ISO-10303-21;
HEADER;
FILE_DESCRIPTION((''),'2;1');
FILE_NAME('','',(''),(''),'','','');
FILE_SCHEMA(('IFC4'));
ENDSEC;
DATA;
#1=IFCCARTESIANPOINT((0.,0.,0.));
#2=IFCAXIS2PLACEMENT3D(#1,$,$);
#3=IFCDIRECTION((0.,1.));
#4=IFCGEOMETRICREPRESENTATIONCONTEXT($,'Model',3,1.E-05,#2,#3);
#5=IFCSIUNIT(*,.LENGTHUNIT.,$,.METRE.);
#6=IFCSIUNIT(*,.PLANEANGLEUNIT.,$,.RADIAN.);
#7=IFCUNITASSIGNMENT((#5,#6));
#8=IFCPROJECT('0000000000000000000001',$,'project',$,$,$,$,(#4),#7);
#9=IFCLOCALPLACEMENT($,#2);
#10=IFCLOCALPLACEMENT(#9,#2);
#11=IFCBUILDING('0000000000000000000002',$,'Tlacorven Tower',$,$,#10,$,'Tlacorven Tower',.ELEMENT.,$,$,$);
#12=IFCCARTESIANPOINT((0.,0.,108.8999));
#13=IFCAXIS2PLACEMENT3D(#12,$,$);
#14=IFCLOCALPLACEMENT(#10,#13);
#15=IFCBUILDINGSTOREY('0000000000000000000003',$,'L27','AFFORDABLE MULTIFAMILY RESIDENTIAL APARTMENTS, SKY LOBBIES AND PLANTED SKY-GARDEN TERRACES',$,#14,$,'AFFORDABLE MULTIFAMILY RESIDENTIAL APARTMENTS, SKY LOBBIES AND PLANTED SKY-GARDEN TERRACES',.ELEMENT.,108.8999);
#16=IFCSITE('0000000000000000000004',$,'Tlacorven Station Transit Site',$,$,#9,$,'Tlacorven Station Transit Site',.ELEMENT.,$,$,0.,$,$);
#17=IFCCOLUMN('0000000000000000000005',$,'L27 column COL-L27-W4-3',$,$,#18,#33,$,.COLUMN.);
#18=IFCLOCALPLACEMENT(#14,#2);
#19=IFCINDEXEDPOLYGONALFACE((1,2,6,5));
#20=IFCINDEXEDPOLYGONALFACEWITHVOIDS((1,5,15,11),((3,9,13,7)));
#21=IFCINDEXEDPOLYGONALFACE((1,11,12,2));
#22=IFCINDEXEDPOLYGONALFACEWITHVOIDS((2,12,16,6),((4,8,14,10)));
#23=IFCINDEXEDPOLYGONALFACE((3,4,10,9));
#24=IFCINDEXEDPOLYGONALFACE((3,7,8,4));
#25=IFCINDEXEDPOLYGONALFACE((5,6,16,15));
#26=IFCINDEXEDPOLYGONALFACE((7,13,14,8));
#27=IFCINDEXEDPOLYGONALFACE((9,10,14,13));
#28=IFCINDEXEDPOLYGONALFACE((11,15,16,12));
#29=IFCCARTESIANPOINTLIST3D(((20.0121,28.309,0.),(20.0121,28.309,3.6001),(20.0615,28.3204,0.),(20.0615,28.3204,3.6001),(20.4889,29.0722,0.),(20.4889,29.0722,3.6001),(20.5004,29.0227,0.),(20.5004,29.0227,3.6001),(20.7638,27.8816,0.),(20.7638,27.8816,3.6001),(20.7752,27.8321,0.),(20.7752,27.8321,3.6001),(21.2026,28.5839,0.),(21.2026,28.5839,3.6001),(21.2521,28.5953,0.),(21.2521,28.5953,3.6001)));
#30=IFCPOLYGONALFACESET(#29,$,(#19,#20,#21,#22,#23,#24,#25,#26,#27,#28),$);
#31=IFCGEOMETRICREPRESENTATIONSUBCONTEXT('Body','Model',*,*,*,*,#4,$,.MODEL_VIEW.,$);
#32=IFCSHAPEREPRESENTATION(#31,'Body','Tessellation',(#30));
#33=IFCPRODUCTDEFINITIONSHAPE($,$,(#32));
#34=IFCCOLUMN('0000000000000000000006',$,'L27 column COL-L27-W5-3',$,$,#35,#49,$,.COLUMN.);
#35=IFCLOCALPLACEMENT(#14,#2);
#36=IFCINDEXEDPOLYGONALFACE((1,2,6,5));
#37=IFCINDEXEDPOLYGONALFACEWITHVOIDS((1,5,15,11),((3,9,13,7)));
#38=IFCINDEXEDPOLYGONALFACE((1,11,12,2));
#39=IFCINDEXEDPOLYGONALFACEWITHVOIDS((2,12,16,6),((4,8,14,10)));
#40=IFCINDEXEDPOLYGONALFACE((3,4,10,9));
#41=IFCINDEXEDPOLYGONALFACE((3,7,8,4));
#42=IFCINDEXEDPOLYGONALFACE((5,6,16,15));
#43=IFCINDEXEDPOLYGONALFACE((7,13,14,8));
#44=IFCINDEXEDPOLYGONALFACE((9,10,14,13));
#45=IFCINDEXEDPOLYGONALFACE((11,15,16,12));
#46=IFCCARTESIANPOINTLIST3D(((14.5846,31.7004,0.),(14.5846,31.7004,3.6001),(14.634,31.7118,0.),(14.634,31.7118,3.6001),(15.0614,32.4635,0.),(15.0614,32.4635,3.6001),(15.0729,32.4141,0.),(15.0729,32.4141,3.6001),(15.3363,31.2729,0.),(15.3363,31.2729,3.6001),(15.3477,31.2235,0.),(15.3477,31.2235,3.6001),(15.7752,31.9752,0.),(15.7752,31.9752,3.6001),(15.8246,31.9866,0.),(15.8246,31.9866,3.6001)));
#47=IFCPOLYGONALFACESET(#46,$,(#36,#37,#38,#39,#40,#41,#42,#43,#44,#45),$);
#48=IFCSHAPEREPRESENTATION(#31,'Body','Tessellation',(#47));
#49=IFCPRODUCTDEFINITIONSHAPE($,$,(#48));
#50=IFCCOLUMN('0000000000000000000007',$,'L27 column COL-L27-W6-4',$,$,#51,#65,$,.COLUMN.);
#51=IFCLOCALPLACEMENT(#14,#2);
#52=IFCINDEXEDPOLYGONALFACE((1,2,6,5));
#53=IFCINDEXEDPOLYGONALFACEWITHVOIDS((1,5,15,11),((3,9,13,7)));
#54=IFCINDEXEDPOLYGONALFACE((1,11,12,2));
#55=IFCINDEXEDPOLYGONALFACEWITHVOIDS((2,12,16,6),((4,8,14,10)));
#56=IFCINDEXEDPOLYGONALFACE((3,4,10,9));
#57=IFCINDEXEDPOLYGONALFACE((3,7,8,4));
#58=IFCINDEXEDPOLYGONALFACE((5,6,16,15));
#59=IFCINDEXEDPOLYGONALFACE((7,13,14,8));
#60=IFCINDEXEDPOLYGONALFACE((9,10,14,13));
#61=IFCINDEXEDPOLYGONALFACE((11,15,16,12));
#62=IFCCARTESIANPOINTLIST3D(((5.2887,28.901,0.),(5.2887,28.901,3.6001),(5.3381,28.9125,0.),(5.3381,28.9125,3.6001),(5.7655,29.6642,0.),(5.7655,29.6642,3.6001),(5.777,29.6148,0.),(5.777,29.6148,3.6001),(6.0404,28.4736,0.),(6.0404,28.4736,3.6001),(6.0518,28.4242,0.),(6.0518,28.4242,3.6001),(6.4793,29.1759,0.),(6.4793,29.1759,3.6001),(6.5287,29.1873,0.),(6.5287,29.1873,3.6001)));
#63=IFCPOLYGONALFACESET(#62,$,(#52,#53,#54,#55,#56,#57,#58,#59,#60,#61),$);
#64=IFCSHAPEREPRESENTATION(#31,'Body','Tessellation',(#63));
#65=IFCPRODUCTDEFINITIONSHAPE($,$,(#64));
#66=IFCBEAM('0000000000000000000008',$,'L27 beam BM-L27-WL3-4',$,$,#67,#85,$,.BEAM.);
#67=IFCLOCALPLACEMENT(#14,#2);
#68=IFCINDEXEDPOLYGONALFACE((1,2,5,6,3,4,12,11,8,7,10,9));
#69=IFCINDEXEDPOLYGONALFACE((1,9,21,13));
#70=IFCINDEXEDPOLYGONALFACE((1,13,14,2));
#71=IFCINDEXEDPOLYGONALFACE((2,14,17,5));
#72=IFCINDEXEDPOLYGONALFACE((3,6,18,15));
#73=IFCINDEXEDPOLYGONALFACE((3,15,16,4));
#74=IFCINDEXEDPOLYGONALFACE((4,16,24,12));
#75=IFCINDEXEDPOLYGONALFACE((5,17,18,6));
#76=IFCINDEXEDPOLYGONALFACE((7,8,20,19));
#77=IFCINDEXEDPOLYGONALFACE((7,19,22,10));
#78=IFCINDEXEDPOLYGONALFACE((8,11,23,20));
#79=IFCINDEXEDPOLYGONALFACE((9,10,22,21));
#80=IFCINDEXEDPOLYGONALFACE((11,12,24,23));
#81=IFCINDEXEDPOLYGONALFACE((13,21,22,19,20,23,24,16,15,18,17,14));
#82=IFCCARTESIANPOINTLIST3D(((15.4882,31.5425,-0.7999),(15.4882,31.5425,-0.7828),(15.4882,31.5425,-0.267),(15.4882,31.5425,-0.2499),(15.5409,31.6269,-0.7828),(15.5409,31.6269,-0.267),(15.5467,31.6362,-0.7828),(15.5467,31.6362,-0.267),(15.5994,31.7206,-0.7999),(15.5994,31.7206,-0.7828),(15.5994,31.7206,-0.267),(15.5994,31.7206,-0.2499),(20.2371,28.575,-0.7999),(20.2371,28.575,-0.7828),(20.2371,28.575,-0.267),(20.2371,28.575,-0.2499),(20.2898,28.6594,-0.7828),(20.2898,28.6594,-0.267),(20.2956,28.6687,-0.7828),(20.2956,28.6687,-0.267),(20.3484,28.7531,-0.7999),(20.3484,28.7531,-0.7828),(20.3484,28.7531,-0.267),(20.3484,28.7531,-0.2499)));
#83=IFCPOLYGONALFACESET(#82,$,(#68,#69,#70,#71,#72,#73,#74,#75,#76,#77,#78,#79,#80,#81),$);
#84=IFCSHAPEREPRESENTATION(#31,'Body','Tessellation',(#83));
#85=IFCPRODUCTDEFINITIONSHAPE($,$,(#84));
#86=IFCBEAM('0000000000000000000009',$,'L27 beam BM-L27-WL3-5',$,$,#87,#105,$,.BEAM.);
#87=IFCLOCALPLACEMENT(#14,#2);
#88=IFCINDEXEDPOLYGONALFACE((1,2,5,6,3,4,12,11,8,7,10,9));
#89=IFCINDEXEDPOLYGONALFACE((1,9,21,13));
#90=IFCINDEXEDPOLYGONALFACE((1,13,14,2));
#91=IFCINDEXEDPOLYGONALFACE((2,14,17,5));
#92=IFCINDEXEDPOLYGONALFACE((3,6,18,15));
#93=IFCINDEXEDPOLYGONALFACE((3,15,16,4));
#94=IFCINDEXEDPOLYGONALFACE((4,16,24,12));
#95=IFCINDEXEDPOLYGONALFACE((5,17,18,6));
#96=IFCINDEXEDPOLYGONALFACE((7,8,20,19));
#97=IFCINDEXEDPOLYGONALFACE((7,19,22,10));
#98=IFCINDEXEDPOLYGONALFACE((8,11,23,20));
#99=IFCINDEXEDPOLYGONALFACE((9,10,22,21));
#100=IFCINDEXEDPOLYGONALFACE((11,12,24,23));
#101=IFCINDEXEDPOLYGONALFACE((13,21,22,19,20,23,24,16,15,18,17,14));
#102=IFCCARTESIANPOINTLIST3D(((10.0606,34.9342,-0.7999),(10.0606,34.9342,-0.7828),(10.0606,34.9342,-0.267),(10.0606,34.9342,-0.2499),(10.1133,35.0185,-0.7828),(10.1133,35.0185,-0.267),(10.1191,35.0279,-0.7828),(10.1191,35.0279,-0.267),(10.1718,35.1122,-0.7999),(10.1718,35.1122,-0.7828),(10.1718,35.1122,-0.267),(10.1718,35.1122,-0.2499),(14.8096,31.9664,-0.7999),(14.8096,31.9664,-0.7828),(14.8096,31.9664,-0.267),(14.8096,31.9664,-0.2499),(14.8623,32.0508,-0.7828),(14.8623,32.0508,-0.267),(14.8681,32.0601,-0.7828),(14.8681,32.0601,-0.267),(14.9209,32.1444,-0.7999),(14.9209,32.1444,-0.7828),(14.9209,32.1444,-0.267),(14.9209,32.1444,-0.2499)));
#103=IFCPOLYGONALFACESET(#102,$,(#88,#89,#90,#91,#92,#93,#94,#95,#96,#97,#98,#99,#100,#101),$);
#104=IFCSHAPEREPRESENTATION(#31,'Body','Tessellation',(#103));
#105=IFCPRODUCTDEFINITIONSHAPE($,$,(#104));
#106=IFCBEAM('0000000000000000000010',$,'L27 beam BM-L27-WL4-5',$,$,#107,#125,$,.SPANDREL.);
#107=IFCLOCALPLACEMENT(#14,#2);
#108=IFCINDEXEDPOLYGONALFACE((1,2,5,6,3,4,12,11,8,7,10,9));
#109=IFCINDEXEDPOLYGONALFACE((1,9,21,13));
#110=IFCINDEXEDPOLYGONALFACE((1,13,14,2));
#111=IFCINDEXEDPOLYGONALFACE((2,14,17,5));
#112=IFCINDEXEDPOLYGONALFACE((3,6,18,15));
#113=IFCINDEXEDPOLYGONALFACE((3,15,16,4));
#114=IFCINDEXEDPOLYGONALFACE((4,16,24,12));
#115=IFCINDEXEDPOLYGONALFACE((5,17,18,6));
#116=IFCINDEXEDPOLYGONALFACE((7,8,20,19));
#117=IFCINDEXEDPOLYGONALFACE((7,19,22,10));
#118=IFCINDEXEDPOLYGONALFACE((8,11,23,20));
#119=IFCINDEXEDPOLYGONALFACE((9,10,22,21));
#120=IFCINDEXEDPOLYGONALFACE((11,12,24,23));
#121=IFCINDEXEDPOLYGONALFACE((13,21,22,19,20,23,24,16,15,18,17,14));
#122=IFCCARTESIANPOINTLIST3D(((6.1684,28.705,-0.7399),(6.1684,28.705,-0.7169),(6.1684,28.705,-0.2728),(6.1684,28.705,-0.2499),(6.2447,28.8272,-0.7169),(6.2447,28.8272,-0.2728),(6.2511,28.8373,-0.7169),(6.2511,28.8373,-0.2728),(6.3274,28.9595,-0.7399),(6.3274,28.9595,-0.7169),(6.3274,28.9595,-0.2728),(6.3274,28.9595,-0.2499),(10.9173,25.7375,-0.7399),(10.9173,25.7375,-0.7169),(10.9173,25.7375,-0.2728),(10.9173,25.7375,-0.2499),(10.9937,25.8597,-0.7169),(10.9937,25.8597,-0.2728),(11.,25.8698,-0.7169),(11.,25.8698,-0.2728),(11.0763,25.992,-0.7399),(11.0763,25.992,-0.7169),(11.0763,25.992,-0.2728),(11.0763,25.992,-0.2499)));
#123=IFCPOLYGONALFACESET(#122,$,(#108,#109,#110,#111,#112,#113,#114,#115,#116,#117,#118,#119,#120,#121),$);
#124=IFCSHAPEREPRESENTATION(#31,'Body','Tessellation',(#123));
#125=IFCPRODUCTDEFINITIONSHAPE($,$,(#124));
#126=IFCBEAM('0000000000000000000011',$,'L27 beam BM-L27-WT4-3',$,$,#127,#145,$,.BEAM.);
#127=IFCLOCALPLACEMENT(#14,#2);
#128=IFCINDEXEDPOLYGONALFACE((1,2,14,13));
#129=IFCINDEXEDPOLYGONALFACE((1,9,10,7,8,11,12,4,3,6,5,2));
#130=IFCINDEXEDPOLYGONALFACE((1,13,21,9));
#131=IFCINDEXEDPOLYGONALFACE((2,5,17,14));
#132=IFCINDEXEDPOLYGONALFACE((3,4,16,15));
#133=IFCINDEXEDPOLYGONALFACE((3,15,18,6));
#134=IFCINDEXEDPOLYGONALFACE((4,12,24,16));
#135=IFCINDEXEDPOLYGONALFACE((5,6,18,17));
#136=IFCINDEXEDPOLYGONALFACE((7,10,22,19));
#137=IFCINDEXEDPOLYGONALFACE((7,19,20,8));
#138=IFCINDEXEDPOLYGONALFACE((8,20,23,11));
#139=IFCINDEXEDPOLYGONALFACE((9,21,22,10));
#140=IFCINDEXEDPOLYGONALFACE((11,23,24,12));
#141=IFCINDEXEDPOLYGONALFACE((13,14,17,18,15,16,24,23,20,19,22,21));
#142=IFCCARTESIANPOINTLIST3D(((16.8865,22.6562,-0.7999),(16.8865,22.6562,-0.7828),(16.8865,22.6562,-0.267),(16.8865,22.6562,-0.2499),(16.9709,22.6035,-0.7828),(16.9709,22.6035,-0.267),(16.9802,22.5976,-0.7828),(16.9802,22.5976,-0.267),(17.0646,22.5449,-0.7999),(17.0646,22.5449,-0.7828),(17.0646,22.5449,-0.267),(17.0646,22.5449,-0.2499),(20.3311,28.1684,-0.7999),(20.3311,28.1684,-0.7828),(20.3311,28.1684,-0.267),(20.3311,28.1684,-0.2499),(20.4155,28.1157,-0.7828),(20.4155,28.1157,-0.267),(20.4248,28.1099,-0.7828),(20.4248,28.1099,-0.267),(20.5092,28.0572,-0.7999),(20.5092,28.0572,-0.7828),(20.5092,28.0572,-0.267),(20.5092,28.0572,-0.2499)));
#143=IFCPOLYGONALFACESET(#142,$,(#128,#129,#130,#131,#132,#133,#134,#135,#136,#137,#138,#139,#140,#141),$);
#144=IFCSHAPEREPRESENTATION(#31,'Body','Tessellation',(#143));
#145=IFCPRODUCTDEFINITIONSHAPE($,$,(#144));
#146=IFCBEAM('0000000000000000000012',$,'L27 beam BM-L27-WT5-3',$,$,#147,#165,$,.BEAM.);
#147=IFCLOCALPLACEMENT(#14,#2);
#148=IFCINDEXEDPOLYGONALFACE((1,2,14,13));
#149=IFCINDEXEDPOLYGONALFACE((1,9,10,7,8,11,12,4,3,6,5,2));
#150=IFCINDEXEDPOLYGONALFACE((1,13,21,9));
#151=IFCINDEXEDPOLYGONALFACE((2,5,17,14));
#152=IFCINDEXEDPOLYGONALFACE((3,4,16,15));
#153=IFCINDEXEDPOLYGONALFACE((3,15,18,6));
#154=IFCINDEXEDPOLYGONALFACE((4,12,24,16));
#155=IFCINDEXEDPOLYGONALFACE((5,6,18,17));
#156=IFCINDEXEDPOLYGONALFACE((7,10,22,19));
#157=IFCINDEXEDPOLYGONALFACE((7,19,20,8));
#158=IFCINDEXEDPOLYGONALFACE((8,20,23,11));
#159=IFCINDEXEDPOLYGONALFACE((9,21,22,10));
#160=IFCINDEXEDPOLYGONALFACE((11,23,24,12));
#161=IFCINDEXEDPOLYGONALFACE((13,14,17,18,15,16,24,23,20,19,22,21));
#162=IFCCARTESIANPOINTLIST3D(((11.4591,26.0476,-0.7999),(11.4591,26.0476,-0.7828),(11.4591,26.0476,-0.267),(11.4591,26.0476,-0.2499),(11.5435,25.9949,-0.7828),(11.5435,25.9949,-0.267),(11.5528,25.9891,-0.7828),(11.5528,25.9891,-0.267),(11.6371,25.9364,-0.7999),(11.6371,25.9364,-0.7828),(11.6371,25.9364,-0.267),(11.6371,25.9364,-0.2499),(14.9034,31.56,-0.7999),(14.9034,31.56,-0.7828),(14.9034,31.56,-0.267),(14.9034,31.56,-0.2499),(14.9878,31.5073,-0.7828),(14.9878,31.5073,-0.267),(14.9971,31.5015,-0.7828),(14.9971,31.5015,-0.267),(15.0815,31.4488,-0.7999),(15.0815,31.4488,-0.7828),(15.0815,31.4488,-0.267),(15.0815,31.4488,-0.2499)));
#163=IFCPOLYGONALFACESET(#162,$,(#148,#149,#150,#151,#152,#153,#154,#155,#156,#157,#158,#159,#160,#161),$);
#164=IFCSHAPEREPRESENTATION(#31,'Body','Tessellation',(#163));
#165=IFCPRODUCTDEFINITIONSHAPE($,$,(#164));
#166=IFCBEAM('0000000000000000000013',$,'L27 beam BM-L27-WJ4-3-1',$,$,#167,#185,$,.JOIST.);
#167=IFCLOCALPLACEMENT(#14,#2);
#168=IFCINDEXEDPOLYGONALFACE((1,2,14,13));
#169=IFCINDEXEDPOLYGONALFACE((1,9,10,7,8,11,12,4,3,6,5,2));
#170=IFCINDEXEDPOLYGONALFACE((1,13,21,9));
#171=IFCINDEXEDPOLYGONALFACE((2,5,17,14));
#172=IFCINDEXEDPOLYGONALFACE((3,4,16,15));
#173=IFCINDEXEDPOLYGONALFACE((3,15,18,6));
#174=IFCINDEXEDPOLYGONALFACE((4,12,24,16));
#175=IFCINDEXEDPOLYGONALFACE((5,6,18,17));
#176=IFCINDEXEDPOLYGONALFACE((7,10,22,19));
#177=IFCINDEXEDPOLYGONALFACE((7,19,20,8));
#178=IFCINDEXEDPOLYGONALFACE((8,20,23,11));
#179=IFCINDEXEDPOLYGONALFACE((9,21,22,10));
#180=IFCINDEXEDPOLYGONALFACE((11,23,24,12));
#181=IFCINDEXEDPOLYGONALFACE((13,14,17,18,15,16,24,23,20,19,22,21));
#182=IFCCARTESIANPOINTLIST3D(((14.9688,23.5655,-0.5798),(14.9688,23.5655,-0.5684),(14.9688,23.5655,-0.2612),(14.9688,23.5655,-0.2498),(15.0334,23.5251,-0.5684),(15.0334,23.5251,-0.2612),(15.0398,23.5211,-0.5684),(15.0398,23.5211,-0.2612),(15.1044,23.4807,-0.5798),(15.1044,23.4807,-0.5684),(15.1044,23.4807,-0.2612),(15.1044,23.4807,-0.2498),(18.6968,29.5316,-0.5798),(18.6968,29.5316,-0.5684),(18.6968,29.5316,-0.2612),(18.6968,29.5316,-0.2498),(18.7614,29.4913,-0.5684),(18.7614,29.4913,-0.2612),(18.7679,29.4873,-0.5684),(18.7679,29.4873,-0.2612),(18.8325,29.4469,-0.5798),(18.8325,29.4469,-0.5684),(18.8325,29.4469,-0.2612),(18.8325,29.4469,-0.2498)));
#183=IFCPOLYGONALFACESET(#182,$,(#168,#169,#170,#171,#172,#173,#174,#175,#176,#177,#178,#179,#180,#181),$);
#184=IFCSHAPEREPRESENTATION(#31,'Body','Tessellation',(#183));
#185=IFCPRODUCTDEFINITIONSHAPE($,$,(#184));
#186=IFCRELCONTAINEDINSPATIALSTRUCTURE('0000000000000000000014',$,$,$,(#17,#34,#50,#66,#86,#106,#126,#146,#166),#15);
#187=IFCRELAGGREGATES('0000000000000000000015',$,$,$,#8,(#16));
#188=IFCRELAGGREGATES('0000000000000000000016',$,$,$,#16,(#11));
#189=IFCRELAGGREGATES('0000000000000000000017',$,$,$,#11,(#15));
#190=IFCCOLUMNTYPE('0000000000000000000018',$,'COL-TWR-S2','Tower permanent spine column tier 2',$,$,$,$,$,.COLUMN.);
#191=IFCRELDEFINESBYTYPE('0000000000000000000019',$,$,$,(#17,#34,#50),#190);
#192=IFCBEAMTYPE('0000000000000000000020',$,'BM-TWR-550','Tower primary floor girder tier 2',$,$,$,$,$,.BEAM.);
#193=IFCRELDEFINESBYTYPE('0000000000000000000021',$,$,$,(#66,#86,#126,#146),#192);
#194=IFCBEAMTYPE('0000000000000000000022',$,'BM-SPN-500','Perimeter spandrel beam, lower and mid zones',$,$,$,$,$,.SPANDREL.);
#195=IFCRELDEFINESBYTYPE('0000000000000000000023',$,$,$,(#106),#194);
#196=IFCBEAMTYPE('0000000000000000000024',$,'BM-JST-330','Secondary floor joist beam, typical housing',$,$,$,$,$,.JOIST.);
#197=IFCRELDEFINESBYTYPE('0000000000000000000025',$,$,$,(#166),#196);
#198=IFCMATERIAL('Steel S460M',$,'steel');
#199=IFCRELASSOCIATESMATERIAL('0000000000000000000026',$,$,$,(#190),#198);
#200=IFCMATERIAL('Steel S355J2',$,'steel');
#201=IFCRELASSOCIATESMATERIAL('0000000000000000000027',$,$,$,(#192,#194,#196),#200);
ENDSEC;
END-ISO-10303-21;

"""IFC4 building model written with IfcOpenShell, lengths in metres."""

from ifc_helpers import new_model, si_unit, direction, frame, origin, origin_2d, place, context, subcontext, project, spatial, hollow_rectangle, i_section, extrude, source, transform, mapped, material, material_profile, profile_set, type_object, element, save


model = new_model("IFC4")

# Units and contexts
model_context = context("Model", 3, precision=1e-05, world=origin(), true_north=direction((0.0, 1.0)))
body_context = subcontext(model_context, "Body", "Model", "MODEL_VIEW")
ifc_project = project(units=[si_unit("LENGTHUNIT", "METRE"), si_unit("PLANEANGLEUNIT", "RADIAN")], contexts=[model_context])

# Site, building, storey
site_placement = place(None, origin())
site = spatial("IfcSite", under=ifc_project, at=site_placement, Name="Tlacorven Station Transit Site", LongName="Tlacorven Station Transit Site", CompositionType="ELEMENT", RefElevation=0.0)
building_placement = place(site_placement, origin())
building = spatial("IfcBuilding", under=site, at=building_placement, Name="Tlacorven Tower", LongName="Tlacorven Tower", CompositionType="ELEMENT")
storey_placement = place(building_placement, frame((0.0, 0.0, 108.8999)))
storey = spatial("IfcBuildingStorey", under=building, at=storey_placement, Name="L27", Description="AFFORDABLE MULTIFAMILY RESIDENTIAL APARTMENTS, SKY LOBBIES AND PLANTED SKY-GARDEN TERRACES", LongName="AFFORDABLE MULTIFAMILY RESIDENTIAL APARTMENTS, SKY LOBBIES AND PLANTED SKY-GARDEN TERRACES", CompositionType="ELEMENT", Elevation=108.8999)

# Columns
ifc_material_1 = material(Name="Steel S460M", Category="steel")
ifc_material_profile_1 = material_profile(ifc_material_1, hollow_rectangle(XDim=0.8999, YDim=0.8999, WallThickness=0.0359, at=origin_2d()), Name="BOX 900X900X36")
ifc_profile_set_1 = profile_set([ifc_material_profile_1], Name="Steel S460M")
column_type = type_object("IfcColumnType", Name="COL-TWR-S2", Description="Tower permanent spine column tier 2", PredefinedType="COLUMN", material=ifc_profile_set_1)
shared_shape_1 = source(origin(), body_context, "Body", "SweptSolid", [
    extrude(hollow_rectangle(XDim=0.8999, YDim=0.8999, WallThickness=0.0359, at=origin_2d()), origin(), (0.0, 0.0, 1.0), 3.6001),
])
for number, where, z_axis, x_axis, name in (
    (1, (20.6321, 28.4521, 0.0), (0.0, 0.0, 1.0), (-0.848048, 0.529919, 0.0), "L27 column COL-L27-W4-3"),
    (2, (15.2046, 31.8435, 0.0), (0.0, 0.0, 1.0), (-0.848048, 0.529919, 0.0), "L27 column COL-L27-W5-3"),
    (3, (5.9087, 29.0442, 0.0), (0.0, 0.0, 1.0), (-0.848048, 0.529919, 0.0), "L27 column COL-L27-W6-4"),
):
    element("IfcColumn", number, at=place(storey_placement, frame(where, z_axis=z_axis, x_axis=x_axis)), inside=storey, type_object=column_type, Name=name, PredefinedType="COLUMN", context=body_context, shape_type="MappedRepresentation", body=[
        mapped(shared_shape_1, transform((0.0, 0.0, 0.0), scale=1.0)),
    ])

# Beams
ifc_material_2 = material(Name="Steel S355J2", Category="steel")
ifc_material_profile_2 = material_profile(ifc_material_2, i_section(OverallWidth=0.21, OverallDepth=0.55, WebThickness=0.011, FlangeThickness=0.0171, at=origin_2d()), Name="IPE 550")
ifc_profile_set_2 = profile_set([ifc_material_profile_2], Name="Steel S355J2")
beam_type_1 = type_object("IfcBeamType", Name="BM-TWR-550", Description="Tower primary floor girder tier 2", PredefinedType="BEAM", material=ifc_profile_set_2)
shared_shape_2 = source(origin(), body_context, "Body", "SweptSolid", [
    extrude(i_section(OverallWidth=0.21, OverallDepth=0.55, WebThickness=0.011, FlangeThickness=0.0171, at=origin_2d()), origin(), (0.0, 0.0, 1.0), 5.5999),
])
beam_1_placement = place(storey_placement, frame((20.2927, 28.6641, -0.5249), z_axis=(-0.848047, 0.529921, 0.0), x_axis=(-0.529921, -0.848047, 0.0)))
element("IfcBeam", 4, at=beam_1_placement, inside=storey, type_object=beam_type_1, Name="L27 beam BM-L27-WL3-4", PredefinedType="BEAM", context=body_context, shape_type="MappedRepresentation", body=[
    mapped(shared_shape_2, transform((0.0, 0.0, 0.0), scale=1.0)),
])
shared_shape_3 = source(origin(), body_context, "Body", "SweptSolid", [
    extrude(i_section(OverallWidth=0.21, OverallDepth=0.55, WebThickness=0.011, FlangeThickness=0.0171, at=origin_2d()), origin(), (0.0, 0.0, 1.0), 5.6001),
])
beam_2_placement = place(storey_placement, frame((14.8652, 32.0554, -0.5249), z_axis=(-0.848028, 0.529952, 0.0), x_axis=(-0.529952, -0.848028, 0.0)))
element("IfcBeam", 5, at=beam_2_placement, inside=storey, type_object=beam_type_1, Name="L27 beam BM-L27-WL3-5", PredefinedType="BEAM", context=body_context, shape_type="MappedRepresentation", body=[
    mapped(shared_shape_3, transform((0.0, 0.0, 0.0), scale=1.0)),
])
ifc_material_profile_3 = material_profile(ifc_material_2, i_section(OverallWidth=0.3, OverallDepth=0.49, WebThickness=0.012, FlangeThickness=0.0229, at=origin_2d()), Name="HEA 500")
ifc_profile_set_3 = profile_set([ifc_material_profile_3], Name="Steel S355J2")
beam_type_2 = type_object("IfcBeamType", Name="BM-SPN-500", Description="Perimeter spandrel beam, lower and mid zones", PredefinedType="SPANDREL", material=ifc_profile_set_3)
shared_shape_4 = source(origin(), body_context, "Body", "SweptSolid", [
    extrude(i_section(OverallWidth=0.3, OverallDepth=0.49, WebThickness=0.012, FlangeThickness=0.0229, at=origin_2d()), origin(), (0.0, 0.0, 1.0), 5.5999),
])
beam_3_placement = place(storey_placement, frame((10.9968, 25.8647, -0.4949), z_axis=(-0.848047, 0.529921, 0.0), x_axis=(-0.529921, -0.848047, 0.0)))
element("IfcBeam", 6, at=beam_3_placement, inside=storey, type_object=beam_type_2, Name="L27 beam BM-L27-WL4-5", PredefinedType="SPANDREL", context=body_context, shape_type="MappedRepresentation", body=[
    mapped(shared_shape_4, transform((0.0, 0.0, 0.0), scale=1.0)),
])
shared_shape_5 = source(origin(), body_context, "Body", "SweptSolid", [
    extrude(i_section(OverallWidth=0.21, OverallDepth=0.55, WebThickness=0.011, FlangeThickness=0.0171, at=origin_2d()), origin(), (0.0, 0.0, 1.0), 6.5),
])
for number, where, z_axis, x_axis, name in (
    (7, (20.4202, 28.1128, -0.5249), (-0.529938, -0.848036, 0.0), (0.848036, -0.529938, 0.0), "L27 beam BM-L27-WT4-3"),
    (8, (14.9924, 31.5044, -0.5249), (-0.529894, -0.848064, 0.0), (0.848064, -0.529894, 0.0), "L27 beam BM-L27-WT5-3"),
):
    element("IfcBeam", number, at=place(storey_placement, frame(where, z_axis=z_axis, x_axis=x_axis)), inside=storey, type_object=beam_type_1, Name=name, PredefinedType="BEAM", context=body_context, shape_type="MappedRepresentation", body=[
        mapped(shared_shape_5, transform((0.0, 0.0, 0.0), scale=1.0)),
    ])
ifc_material_profile_4 = material_profile(ifc_material_2, i_section(OverallWidth=0.1599, OverallDepth=0.3301, WebThickness=0.0076, FlangeThickness=0.0115, at=origin_2d()), Name="IPE 330")
ifc_profile_set_4 = profile_set([ifc_material_profile_4], Name="Steel S355J2")
beam_type_3 = type_object("IfcBeamType", Name="BM-JST-330", Description="Secondary floor joist beam, typical housing", PredefinedType="JOIST", material=ifc_profile_set_4)
shared_shape_6 = source(origin(), body_context, "Body", "SweptSolid", [
    extrude(i_section(OverallWidth=0.1599, OverallDepth=0.3301, WebThickness=0.0076, FlangeThickness=0.0115, at=origin_2d()), origin(), (0.0, 0.0, 1.0), 7.0352),
])
for number, where, z_axis, x_axis, name in (
    (9, (18.7646, 29.4893, -0.4148), (-0.529921, -0.848047, 0.0), (0.848047, -0.529921, 0.0), "L27 beam BM-L27-WJ4-3-1"),
):
    element("IfcBeam", number, at=place(storey_placement, frame(where, z_axis=z_axis, x_axis=x_axis)), inside=storey, type_object=beam_type_3, Name=name, PredefinedType="JOIST", context=body_context, shape_type="MappedRepresentation", body=[
        mapped(shared_shape_6, transform((0.0, 0.0, 0.0), scale=1.0)),
    ])

save(model, "model.ifc")
